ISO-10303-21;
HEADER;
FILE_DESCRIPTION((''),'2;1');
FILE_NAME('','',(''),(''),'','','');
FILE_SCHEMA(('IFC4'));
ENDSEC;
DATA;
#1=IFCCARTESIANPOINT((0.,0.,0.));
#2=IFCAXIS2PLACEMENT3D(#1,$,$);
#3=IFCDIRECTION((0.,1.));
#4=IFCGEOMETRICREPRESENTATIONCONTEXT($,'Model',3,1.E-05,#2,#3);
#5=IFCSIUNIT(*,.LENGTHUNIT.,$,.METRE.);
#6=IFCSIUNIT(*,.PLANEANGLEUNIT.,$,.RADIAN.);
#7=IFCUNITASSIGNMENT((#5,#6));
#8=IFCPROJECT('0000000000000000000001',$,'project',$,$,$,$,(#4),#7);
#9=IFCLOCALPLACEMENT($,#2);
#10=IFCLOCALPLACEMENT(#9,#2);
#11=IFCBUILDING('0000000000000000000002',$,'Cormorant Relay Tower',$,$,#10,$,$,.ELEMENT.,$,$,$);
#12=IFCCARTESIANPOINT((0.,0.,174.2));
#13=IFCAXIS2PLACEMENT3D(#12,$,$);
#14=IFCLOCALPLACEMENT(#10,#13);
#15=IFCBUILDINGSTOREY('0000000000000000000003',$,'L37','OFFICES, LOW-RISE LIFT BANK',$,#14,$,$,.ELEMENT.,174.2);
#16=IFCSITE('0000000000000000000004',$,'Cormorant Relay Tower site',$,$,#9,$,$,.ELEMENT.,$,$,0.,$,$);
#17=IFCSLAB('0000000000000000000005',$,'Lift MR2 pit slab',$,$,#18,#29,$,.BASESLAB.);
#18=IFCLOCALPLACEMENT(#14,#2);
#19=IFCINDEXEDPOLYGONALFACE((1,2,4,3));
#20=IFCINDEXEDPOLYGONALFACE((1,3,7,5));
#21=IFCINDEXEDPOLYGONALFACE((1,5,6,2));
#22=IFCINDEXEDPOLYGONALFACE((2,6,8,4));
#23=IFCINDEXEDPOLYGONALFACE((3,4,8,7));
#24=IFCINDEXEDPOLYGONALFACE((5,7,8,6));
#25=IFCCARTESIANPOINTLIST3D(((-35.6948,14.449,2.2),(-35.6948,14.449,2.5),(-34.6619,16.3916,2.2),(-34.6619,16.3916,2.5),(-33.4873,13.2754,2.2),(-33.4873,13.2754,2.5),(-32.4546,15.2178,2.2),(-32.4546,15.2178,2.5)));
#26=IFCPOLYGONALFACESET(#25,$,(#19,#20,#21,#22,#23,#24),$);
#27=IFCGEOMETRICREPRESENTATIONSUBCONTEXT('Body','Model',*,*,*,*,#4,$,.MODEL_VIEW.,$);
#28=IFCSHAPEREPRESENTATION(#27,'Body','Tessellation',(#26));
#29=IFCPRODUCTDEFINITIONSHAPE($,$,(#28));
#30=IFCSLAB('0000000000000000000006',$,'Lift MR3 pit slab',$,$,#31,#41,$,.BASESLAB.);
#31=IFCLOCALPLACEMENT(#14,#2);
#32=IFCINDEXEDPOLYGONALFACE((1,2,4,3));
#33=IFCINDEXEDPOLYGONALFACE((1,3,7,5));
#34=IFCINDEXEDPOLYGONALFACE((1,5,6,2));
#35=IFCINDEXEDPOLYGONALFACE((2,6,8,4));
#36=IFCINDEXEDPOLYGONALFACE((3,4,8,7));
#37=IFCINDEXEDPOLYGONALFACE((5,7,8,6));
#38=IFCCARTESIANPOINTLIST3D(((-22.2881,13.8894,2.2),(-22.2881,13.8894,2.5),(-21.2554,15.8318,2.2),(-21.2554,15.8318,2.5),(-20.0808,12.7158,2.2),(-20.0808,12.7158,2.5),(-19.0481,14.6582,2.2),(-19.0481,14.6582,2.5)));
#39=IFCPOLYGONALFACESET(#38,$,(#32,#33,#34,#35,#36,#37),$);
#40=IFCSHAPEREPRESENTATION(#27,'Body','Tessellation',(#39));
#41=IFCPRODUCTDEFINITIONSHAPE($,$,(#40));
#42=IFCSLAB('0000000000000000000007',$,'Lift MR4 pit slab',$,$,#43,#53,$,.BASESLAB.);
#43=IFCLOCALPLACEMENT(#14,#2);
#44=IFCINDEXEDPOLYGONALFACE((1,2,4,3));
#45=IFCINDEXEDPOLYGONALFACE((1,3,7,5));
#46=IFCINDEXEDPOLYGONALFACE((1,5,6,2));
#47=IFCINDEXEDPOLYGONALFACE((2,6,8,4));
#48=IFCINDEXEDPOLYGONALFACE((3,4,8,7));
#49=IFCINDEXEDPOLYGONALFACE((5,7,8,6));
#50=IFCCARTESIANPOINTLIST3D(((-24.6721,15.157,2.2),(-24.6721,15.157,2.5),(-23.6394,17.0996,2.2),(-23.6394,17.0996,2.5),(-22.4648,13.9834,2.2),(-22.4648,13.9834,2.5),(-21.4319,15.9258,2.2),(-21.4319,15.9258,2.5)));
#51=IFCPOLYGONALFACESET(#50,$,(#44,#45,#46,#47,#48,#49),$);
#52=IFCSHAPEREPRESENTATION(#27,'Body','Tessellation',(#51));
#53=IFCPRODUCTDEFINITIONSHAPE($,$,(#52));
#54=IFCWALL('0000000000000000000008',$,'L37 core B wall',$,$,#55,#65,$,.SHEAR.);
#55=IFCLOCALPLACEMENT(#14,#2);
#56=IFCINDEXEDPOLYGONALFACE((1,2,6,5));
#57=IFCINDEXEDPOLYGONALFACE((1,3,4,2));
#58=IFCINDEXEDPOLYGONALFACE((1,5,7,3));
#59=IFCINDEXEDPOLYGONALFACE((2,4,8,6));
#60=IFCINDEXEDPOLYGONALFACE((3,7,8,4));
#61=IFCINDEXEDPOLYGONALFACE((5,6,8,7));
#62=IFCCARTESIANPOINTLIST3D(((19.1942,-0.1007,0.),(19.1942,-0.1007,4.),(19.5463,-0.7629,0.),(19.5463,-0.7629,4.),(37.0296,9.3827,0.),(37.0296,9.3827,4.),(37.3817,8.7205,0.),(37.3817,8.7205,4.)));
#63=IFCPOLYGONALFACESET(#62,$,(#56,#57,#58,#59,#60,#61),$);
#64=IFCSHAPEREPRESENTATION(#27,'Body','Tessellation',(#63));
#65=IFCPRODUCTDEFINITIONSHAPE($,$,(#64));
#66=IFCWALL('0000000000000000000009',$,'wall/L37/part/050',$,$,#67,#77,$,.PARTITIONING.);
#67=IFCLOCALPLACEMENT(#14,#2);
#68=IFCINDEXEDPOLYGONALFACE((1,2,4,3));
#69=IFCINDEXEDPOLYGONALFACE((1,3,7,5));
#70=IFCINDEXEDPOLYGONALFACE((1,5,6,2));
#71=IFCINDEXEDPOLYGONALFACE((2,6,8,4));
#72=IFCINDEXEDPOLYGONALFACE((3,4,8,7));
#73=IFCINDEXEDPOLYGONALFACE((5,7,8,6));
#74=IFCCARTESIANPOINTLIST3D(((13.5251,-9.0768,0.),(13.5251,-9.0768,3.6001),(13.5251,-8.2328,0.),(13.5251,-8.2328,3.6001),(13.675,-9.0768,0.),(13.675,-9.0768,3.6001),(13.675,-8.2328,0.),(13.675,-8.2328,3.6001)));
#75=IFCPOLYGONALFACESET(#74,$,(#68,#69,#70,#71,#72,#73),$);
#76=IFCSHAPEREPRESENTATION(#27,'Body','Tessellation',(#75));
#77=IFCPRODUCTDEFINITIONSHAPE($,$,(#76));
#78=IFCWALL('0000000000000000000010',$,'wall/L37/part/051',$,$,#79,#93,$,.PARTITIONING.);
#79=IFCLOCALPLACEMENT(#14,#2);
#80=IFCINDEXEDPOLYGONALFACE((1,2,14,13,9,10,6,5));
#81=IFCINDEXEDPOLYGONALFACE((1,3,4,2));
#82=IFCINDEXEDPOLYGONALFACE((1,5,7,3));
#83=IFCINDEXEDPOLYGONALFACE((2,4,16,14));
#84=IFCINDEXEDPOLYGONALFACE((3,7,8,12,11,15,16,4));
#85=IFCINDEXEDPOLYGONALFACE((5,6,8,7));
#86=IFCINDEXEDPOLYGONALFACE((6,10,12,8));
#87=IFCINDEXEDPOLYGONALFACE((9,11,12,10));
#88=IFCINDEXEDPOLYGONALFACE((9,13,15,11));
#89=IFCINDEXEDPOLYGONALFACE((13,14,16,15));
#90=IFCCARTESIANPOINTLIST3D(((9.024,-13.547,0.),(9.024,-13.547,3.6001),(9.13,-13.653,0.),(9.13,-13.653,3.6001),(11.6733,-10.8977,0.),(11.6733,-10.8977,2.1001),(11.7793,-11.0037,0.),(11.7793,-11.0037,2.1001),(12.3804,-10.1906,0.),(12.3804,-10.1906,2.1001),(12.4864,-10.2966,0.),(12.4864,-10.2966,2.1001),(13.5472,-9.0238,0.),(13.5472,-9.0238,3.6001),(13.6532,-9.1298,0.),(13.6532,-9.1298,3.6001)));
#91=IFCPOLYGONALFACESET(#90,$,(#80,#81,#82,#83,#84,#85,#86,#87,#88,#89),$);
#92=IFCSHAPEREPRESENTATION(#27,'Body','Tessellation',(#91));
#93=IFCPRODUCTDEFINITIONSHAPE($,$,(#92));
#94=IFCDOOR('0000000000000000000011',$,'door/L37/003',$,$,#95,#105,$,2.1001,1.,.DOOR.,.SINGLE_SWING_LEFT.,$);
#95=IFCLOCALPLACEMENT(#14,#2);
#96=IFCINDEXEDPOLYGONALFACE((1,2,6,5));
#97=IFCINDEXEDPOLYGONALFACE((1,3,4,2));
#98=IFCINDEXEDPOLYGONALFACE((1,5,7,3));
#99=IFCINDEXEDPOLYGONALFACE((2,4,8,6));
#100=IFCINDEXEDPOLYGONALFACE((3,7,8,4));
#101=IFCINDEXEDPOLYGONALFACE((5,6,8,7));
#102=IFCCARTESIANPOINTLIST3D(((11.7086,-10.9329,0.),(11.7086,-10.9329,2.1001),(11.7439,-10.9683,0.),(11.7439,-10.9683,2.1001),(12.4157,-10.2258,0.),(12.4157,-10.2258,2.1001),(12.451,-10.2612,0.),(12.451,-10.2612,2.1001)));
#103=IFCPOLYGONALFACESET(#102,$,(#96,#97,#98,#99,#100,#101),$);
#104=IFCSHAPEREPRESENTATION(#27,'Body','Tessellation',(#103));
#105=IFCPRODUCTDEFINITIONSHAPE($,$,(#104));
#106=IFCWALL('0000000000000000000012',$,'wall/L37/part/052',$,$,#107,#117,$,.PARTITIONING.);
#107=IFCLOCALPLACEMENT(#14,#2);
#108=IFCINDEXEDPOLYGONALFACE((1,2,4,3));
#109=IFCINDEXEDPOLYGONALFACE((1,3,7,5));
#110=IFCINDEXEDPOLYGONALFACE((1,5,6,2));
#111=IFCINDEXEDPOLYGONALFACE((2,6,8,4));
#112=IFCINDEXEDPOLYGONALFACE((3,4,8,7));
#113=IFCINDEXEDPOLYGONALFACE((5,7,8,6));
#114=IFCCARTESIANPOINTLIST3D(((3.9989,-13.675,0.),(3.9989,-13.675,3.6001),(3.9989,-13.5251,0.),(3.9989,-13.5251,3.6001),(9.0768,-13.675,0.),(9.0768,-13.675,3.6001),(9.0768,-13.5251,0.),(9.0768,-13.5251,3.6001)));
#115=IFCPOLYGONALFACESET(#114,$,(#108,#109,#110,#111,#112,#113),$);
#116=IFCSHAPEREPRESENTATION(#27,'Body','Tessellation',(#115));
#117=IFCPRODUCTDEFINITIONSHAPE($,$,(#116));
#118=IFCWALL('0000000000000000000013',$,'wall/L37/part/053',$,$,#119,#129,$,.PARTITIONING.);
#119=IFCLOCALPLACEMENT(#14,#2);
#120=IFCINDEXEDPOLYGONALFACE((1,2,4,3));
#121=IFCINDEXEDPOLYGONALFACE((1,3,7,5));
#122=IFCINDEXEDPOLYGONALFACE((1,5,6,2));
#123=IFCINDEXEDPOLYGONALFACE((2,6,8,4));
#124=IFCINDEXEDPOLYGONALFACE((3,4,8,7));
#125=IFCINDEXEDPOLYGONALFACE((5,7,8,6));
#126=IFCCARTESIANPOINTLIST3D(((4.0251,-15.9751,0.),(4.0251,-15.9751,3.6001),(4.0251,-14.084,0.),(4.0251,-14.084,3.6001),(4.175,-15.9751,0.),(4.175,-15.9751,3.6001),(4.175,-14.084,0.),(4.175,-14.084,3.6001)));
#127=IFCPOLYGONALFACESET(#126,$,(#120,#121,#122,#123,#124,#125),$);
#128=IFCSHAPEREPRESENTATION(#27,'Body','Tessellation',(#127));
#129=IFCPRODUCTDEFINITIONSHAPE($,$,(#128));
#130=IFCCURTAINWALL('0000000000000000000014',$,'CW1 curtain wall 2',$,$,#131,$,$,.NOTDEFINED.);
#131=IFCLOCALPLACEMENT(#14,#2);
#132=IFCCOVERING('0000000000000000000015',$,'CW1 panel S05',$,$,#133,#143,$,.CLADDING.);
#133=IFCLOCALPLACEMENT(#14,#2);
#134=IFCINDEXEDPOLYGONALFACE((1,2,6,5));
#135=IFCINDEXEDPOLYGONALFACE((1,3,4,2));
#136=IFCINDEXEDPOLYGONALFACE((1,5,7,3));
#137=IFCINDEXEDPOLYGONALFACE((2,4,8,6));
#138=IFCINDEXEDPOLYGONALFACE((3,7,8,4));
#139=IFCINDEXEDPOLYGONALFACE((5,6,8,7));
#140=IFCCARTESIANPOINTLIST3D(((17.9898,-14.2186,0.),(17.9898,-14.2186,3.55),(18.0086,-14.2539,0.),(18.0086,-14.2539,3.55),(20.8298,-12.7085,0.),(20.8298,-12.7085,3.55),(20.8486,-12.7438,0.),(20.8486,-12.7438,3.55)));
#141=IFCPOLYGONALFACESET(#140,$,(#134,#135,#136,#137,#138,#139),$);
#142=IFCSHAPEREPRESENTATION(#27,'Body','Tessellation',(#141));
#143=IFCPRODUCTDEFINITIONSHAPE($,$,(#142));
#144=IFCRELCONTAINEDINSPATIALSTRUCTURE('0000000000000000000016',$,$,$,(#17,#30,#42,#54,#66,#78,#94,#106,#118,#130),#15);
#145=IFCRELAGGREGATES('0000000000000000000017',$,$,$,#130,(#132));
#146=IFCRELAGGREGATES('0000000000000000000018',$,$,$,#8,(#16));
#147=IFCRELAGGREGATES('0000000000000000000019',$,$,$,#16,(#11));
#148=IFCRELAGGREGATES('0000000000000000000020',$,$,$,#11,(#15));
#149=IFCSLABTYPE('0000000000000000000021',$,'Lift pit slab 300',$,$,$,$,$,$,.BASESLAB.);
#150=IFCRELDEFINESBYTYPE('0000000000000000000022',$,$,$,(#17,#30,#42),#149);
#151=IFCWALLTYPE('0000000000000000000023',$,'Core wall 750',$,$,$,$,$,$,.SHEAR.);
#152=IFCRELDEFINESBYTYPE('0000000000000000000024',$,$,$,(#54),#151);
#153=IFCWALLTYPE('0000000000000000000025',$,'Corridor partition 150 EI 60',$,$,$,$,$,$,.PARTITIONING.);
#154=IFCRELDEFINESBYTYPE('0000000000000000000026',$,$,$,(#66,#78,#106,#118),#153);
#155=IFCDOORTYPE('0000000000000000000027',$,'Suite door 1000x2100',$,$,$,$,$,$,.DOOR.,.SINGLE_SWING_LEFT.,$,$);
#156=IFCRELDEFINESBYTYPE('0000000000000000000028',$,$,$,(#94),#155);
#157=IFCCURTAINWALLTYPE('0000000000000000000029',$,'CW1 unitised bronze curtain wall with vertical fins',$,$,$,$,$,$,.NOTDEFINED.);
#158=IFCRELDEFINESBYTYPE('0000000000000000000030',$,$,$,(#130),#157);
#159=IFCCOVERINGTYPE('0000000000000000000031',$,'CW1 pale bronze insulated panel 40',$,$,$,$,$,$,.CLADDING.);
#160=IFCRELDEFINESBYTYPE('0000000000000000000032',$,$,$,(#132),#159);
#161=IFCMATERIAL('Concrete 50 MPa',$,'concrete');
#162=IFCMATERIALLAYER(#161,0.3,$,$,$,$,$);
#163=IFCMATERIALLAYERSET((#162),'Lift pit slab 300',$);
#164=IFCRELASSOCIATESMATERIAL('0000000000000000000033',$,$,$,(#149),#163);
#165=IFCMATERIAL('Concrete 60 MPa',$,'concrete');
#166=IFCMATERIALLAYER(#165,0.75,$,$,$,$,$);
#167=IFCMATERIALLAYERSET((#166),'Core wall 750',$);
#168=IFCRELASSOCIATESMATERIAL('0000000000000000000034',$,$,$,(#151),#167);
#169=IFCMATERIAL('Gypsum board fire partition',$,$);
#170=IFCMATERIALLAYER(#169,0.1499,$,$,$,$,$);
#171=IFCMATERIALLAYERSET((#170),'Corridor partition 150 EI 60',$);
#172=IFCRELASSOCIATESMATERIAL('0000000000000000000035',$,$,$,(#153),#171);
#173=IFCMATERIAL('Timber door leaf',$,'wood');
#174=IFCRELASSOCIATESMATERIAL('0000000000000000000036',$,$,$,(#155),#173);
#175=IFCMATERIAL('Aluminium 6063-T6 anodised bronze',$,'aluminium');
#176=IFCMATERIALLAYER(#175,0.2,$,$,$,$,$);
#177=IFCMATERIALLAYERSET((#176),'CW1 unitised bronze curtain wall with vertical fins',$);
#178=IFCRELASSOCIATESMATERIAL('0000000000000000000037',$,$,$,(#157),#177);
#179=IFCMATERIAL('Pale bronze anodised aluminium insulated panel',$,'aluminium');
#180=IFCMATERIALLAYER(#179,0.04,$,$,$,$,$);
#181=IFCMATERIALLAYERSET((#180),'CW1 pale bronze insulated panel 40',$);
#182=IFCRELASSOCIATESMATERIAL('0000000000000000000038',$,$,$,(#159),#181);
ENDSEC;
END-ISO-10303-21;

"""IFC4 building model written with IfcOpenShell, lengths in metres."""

from ifc_helpers import new_model, si_unit, direction, frame, frame_2d, origin, origin_2d, place, context, subcontext, project, spatial, polyline, rectangle, outline, extrude, material, layer, layer_set, type_object, element, fill, aggregate, save


model = new_model("IFC4")

# Units and contexts
model_context = context("Model", 3, precision=1e-05, world=origin(), true_north=direction((0.0, 1.0)))
body_context = subcontext(model_context, "Body", "Model", "MODEL_VIEW")
ifc_project = project(units=[si_unit("LENGTHUNIT", "METRE"), si_unit("PLANEANGLEUNIT", "RADIAN")], contexts=[model_context])

# Site, building, storey
site_placement = place(None, origin())
site = spatial("IfcSite", under=ifc_project, at=site_placement, Name="Cormorant Relay Tower site", CompositionType="ELEMENT", RefElevation=0.0)
building_placement = place(site_placement, origin())
building = spatial("IfcBuilding", under=site, at=building_placement, Name="Cormorant Relay Tower", CompositionType="ELEMENT")
storey_placement = place(building_placement, frame((0.0, 0.0, 174.2)))
storey = spatial("IfcBuildingStorey", under=building, at=storey_placement, Name="L37", Description="OFFICES, LOW-RISE LIFT BANK", CompositionType="ELEMENT", Elevation=174.2)

# Slabs
ifc_material_1 = material(Name="Concrete 50 MPa", Category="concrete")
ifc_layer_1 = layer(ifc_material_1, 0.3)
ifc_layer_set_1 = layer_set([ifc_layer_1], Name="Lift pit slab 300")
slab_type_1 = type_object("IfcSlabType", Name="Lift pit slab 300", PredefinedType="BASESLAB", material=ifc_layer_set_1)
slab_1_placement = place(storey_placement, frame((0.0, 0.0, 2.2)))
element("IfcSlab", 1, at=slab_1_placement, inside=storey, type_object=slab_type_1, Name="Lift MR2 pit slab", PredefinedType="BASESLAB", context=body_context, shape_type="SweptSolid", body=[
    extrude(outline(polyline([(-34.6619, 16.3916), (-32.4546, 15.2178), (-33.4873, 13.2754), (-35.6948, 14.449), (-34.6619, 16.3916)])), origin(), (0.0, 0.0, 1.0), 0.3),
])
slab_2_placement = place(storey_placement, frame((0.0, 0.0, 2.2)))
element("IfcSlab", 2, at=slab_2_placement, inside=storey, type_object=slab_type_1, Name="Lift MR3 pit slab", PredefinedType="BASESLAB", context=body_context, shape_type="SweptSolid", body=[
    extrude(outline(polyline([(-22.2881, 13.8894), (-21.2554, 15.8318), (-19.0481, 14.6582), (-20.0808, 12.7158), (-22.2881, 13.8894)])), origin(), (0.0, 0.0, 1.0), 0.3),
])
slab_3_placement = place(storey_placement, frame((0.0, 0.0, 2.2)))
element("IfcSlab", 3, at=slab_3_placement, inside=storey, type_object=slab_type_1, Name="Lift MR4 pit slab", PredefinedType="BASESLAB", context=body_context, shape_type="SweptSolid", body=[
    extrude(outline(polyline([(-22.4648, 13.9834), (-24.6721, 15.157), (-23.6394, 17.0996), (-21.4319, 15.9258), (-22.4648, 13.9834)])), origin(), (0.0, 0.0, 1.0), 0.3),
])

# Shared definitions
ifc_material_2 = material(Name="Concrete 60 MPa", Category="concrete")
ifc_layer_2 = layer(ifc_material_2, 0.75)
ifc_layer_set_2 = layer_set([ifc_layer_2], Name="Core wall 750")
wall_type_1 = type_object("IfcWallType", Name="Core wall 750", PredefinedType="SHEAR", material=ifc_layer_set_2)

# Walls
wall_1_placement = place(storey_placement, frame((19.3701, -0.4319, 0.0), z_axis=(0.0, 0.0, 1.0), x_axis=(0.882945, 0.469476, 0.0)))
element("IfcWall", 4, at=wall_1_placement, inside=storey, type_object=wall_type_1, Name="L37 core B wall", PredefinedType="SHEAR", context=body_context, shape_type="SweptSolid", body=[
    extrude(rectangle(XDim=20.2, YDim=0.75, at=frame_2d((10.1001, 0.0))), origin(), (0.0, 0.0, 1.0), 4.0),
])
ifc_material_3 = material(Name="Gypsum board fire partition")
ifc_layer_3 = layer(ifc_material_3, 0.1499)
ifc_layer_set_3 = layer_set([ifc_layer_3], Name="Corridor partition 150 EI 60")
wall_type_2 = type_object("IfcWallType", Name="Corridor partition 150 EI 60", PredefinedType="PARTITIONING", material=ifc_layer_set_3)
wall_2_placement = place(storey_placement, frame((13.6001, -8.2329, 0.0), z_axis=(0.0, 0.0, 1.0), x_axis=(0.0, -1.0, 0.0)))
element("IfcWall", 5, at=wall_2_placement, inside=storey, type_object=wall_type_2, Name="wall/L37/part/050", PredefinedType="PARTITIONING", context=body_context, shape_type="SweptSolid", body=[
    extrude(rectangle(XDim=0.844, YDim=0.1499, at=frame_2d((0.4219, 0.0))), origin(), (0.0, 0.0, 1.0), 3.6001),
])

# Wall, opening, door
wall_3_placement = place(storey_placement, frame((13.6001, -9.0769, 0.0), z_axis=(0.0, 0.0, 1.0), x_axis=(-0.707107, -0.707107, 0.0)))
wall_3 = element("IfcWall", 6, at=wall_3_placement, inside=storey, type_object=wall_type_2, Name="wall/L37/part/051", PredefinedType="PARTITIONING", context=body_context, shape_type="SweptSolid", body=[
    extrude(rectangle(XDim=6.3967, YDim=0.1499, at=frame_2d((3.1982, 0.0))), origin(), (0.0, 0.0, 1.0), 3.6001),
])
opening_1_placement = place(wall_3_placement, frame((1.6499, 0.0, 0.0)))
opening_1 = element("IfcOpeningElement", 7, at=opening_1_placement, cuts=wall_3, PredefinedType="OPENING", context=body_context, shape_type="SweptSolid", body=[
    extrude(rectangle(XDim=1.0, YDim=2.1001, at=frame_2d((0.5, 1.05))), frame((0.0, 0.085, 0.0), z_axis=(0.0, -1.0, 0.0), x_axis=(1.0, 0.0, 0.0)), (0.0, 0.0, 1.0), 0.1699),
])
ifc_material_4 = material(Name="Timber door leaf", Category="wood")
door_type_1 = type_object("IfcDoorType", Name="Suite door 1000x2100", OperationType="SINGLE_SWING_LEFT", PredefinedType="DOOR", material=ifc_material_4)
door_1_placement = place(opening_1_placement, origin())
door_1 = element("IfcDoor", 8, at=door_1_placement, inside=storey, type_object=door_type_1, Name="door/L37/003", OperationType="SINGLE_SWING_LEFT", OverallHeight=2.1001, OverallWidth=1.0, PredefinedType="DOOR", context=body_context, shape_type="SweptSolid", body=[
    extrude(rectangle(XDim=1.0, YDim=2.1001, at=frame_2d((0.5, 1.05))), frame((0.0, 0.0249, 0.0), z_axis=(0.0, -1.0, 0.0), x_axis=(1.0, 0.0, 0.0)), (0.0, 0.0, 1.0), 0.05),
])
fill(opening_1, door_1)

# Walls
wall_4_placement = place(storey_placement, frame((9.0769, -13.6001, 0.0), z_axis=(0.0, 0.0, 1.0), x_axis=(-1.0, 0.0, 0.0)))
element("IfcWall", 9, at=wall_4_placement, inside=storey, type_object=wall_type_2, Name="wall/L37/part/052", PredefinedType="PARTITIONING", context=body_context, shape_type="SweptSolid", body=[
    extrude(rectangle(XDim=5.0779, YDim=0.1499, at=frame_2d((2.5391, 0.0))), origin(), (0.0, 0.0, 1.0), 3.6001),
])
wall_5_placement = place(storey_placement, frame((4.1001, -14.084, 0.0), z_axis=(0.0, 0.0, 1.0), x_axis=(0.0, -1.0, 0.0)))
element("IfcWall", 10, at=wall_5_placement, inside=storey, type_object=wall_type_2, Name="wall/L37/part/053", PredefinedType="PARTITIONING", context=body_context, shape_type="SweptSolid", body=[
    extrude(rectangle(XDim=1.8911, YDim=0.1499, at=frame_2d((0.9456, 0.0))), origin(), (0.0, 0.0, 1.0), 3.6001),
])

# Curtain wall, covering
ifc_material_5 = material(Name="Aluminium 6063-T6 anodised bronze", Category="aluminium")
ifc_layer_4 = layer(ifc_material_5, 0.2)
ifc_layer_set_4 = layer_set([ifc_layer_4], Name="CW1 unitised bronze curtain wall with vertical fins")
curtain_wall_type = type_object("IfcCurtainWallType", Name="CW1 unitised bronze curtain wall with vertical fins", PredefinedType="NOTDEFINED", material=ifc_layer_set_4)
curtain_wall_placement = place(storey_placement, origin())
curtain_wall = element("IfcCurtainWall", 11, at=curtain_wall_placement, inside=storey, type_object=curtain_wall_type, Name="CW1 curtain wall 2", PredefinedType="NOTDEFINED")
ifc_material_6 = material(Name="Pale bronze anodised aluminium insulated panel", Category="aluminium")
ifc_layer_5 = layer(ifc_material_6, 0.04)
ifc_layer_set_5 = layer_set([ifc_layer_5], Name="CW1 pale bronze insulated panel 40")
covering_type = type_object("IfcCoveringType", Name="CW1 pale bronze insulated panel 40", PredefinedType="CLADDING", material=ifc_layer_set_5)
covering_placement = place(storey_placement, frame((19.4192, -13.4812, 0.0), z_axis=(0.0, 0.0, 1.0), x_axis=(0.882948, 0.469472, 0.0)))
covering = element("IfcCovering", 12, at=covering_placement, type_object=covering_type, Name="CW1 panel S05", PredefinedType="CLADDING", context=body_context, shape_type="SweptSolid", body=[
    extrude(rectangle(XDim=3.2166, YDim=0.04, at=origin_2d()), origin(), (0.0, 0.0, 1.0), 3.55),
])
aggregate(curtain_wall, [covering])

save(model, "model.ifc")
